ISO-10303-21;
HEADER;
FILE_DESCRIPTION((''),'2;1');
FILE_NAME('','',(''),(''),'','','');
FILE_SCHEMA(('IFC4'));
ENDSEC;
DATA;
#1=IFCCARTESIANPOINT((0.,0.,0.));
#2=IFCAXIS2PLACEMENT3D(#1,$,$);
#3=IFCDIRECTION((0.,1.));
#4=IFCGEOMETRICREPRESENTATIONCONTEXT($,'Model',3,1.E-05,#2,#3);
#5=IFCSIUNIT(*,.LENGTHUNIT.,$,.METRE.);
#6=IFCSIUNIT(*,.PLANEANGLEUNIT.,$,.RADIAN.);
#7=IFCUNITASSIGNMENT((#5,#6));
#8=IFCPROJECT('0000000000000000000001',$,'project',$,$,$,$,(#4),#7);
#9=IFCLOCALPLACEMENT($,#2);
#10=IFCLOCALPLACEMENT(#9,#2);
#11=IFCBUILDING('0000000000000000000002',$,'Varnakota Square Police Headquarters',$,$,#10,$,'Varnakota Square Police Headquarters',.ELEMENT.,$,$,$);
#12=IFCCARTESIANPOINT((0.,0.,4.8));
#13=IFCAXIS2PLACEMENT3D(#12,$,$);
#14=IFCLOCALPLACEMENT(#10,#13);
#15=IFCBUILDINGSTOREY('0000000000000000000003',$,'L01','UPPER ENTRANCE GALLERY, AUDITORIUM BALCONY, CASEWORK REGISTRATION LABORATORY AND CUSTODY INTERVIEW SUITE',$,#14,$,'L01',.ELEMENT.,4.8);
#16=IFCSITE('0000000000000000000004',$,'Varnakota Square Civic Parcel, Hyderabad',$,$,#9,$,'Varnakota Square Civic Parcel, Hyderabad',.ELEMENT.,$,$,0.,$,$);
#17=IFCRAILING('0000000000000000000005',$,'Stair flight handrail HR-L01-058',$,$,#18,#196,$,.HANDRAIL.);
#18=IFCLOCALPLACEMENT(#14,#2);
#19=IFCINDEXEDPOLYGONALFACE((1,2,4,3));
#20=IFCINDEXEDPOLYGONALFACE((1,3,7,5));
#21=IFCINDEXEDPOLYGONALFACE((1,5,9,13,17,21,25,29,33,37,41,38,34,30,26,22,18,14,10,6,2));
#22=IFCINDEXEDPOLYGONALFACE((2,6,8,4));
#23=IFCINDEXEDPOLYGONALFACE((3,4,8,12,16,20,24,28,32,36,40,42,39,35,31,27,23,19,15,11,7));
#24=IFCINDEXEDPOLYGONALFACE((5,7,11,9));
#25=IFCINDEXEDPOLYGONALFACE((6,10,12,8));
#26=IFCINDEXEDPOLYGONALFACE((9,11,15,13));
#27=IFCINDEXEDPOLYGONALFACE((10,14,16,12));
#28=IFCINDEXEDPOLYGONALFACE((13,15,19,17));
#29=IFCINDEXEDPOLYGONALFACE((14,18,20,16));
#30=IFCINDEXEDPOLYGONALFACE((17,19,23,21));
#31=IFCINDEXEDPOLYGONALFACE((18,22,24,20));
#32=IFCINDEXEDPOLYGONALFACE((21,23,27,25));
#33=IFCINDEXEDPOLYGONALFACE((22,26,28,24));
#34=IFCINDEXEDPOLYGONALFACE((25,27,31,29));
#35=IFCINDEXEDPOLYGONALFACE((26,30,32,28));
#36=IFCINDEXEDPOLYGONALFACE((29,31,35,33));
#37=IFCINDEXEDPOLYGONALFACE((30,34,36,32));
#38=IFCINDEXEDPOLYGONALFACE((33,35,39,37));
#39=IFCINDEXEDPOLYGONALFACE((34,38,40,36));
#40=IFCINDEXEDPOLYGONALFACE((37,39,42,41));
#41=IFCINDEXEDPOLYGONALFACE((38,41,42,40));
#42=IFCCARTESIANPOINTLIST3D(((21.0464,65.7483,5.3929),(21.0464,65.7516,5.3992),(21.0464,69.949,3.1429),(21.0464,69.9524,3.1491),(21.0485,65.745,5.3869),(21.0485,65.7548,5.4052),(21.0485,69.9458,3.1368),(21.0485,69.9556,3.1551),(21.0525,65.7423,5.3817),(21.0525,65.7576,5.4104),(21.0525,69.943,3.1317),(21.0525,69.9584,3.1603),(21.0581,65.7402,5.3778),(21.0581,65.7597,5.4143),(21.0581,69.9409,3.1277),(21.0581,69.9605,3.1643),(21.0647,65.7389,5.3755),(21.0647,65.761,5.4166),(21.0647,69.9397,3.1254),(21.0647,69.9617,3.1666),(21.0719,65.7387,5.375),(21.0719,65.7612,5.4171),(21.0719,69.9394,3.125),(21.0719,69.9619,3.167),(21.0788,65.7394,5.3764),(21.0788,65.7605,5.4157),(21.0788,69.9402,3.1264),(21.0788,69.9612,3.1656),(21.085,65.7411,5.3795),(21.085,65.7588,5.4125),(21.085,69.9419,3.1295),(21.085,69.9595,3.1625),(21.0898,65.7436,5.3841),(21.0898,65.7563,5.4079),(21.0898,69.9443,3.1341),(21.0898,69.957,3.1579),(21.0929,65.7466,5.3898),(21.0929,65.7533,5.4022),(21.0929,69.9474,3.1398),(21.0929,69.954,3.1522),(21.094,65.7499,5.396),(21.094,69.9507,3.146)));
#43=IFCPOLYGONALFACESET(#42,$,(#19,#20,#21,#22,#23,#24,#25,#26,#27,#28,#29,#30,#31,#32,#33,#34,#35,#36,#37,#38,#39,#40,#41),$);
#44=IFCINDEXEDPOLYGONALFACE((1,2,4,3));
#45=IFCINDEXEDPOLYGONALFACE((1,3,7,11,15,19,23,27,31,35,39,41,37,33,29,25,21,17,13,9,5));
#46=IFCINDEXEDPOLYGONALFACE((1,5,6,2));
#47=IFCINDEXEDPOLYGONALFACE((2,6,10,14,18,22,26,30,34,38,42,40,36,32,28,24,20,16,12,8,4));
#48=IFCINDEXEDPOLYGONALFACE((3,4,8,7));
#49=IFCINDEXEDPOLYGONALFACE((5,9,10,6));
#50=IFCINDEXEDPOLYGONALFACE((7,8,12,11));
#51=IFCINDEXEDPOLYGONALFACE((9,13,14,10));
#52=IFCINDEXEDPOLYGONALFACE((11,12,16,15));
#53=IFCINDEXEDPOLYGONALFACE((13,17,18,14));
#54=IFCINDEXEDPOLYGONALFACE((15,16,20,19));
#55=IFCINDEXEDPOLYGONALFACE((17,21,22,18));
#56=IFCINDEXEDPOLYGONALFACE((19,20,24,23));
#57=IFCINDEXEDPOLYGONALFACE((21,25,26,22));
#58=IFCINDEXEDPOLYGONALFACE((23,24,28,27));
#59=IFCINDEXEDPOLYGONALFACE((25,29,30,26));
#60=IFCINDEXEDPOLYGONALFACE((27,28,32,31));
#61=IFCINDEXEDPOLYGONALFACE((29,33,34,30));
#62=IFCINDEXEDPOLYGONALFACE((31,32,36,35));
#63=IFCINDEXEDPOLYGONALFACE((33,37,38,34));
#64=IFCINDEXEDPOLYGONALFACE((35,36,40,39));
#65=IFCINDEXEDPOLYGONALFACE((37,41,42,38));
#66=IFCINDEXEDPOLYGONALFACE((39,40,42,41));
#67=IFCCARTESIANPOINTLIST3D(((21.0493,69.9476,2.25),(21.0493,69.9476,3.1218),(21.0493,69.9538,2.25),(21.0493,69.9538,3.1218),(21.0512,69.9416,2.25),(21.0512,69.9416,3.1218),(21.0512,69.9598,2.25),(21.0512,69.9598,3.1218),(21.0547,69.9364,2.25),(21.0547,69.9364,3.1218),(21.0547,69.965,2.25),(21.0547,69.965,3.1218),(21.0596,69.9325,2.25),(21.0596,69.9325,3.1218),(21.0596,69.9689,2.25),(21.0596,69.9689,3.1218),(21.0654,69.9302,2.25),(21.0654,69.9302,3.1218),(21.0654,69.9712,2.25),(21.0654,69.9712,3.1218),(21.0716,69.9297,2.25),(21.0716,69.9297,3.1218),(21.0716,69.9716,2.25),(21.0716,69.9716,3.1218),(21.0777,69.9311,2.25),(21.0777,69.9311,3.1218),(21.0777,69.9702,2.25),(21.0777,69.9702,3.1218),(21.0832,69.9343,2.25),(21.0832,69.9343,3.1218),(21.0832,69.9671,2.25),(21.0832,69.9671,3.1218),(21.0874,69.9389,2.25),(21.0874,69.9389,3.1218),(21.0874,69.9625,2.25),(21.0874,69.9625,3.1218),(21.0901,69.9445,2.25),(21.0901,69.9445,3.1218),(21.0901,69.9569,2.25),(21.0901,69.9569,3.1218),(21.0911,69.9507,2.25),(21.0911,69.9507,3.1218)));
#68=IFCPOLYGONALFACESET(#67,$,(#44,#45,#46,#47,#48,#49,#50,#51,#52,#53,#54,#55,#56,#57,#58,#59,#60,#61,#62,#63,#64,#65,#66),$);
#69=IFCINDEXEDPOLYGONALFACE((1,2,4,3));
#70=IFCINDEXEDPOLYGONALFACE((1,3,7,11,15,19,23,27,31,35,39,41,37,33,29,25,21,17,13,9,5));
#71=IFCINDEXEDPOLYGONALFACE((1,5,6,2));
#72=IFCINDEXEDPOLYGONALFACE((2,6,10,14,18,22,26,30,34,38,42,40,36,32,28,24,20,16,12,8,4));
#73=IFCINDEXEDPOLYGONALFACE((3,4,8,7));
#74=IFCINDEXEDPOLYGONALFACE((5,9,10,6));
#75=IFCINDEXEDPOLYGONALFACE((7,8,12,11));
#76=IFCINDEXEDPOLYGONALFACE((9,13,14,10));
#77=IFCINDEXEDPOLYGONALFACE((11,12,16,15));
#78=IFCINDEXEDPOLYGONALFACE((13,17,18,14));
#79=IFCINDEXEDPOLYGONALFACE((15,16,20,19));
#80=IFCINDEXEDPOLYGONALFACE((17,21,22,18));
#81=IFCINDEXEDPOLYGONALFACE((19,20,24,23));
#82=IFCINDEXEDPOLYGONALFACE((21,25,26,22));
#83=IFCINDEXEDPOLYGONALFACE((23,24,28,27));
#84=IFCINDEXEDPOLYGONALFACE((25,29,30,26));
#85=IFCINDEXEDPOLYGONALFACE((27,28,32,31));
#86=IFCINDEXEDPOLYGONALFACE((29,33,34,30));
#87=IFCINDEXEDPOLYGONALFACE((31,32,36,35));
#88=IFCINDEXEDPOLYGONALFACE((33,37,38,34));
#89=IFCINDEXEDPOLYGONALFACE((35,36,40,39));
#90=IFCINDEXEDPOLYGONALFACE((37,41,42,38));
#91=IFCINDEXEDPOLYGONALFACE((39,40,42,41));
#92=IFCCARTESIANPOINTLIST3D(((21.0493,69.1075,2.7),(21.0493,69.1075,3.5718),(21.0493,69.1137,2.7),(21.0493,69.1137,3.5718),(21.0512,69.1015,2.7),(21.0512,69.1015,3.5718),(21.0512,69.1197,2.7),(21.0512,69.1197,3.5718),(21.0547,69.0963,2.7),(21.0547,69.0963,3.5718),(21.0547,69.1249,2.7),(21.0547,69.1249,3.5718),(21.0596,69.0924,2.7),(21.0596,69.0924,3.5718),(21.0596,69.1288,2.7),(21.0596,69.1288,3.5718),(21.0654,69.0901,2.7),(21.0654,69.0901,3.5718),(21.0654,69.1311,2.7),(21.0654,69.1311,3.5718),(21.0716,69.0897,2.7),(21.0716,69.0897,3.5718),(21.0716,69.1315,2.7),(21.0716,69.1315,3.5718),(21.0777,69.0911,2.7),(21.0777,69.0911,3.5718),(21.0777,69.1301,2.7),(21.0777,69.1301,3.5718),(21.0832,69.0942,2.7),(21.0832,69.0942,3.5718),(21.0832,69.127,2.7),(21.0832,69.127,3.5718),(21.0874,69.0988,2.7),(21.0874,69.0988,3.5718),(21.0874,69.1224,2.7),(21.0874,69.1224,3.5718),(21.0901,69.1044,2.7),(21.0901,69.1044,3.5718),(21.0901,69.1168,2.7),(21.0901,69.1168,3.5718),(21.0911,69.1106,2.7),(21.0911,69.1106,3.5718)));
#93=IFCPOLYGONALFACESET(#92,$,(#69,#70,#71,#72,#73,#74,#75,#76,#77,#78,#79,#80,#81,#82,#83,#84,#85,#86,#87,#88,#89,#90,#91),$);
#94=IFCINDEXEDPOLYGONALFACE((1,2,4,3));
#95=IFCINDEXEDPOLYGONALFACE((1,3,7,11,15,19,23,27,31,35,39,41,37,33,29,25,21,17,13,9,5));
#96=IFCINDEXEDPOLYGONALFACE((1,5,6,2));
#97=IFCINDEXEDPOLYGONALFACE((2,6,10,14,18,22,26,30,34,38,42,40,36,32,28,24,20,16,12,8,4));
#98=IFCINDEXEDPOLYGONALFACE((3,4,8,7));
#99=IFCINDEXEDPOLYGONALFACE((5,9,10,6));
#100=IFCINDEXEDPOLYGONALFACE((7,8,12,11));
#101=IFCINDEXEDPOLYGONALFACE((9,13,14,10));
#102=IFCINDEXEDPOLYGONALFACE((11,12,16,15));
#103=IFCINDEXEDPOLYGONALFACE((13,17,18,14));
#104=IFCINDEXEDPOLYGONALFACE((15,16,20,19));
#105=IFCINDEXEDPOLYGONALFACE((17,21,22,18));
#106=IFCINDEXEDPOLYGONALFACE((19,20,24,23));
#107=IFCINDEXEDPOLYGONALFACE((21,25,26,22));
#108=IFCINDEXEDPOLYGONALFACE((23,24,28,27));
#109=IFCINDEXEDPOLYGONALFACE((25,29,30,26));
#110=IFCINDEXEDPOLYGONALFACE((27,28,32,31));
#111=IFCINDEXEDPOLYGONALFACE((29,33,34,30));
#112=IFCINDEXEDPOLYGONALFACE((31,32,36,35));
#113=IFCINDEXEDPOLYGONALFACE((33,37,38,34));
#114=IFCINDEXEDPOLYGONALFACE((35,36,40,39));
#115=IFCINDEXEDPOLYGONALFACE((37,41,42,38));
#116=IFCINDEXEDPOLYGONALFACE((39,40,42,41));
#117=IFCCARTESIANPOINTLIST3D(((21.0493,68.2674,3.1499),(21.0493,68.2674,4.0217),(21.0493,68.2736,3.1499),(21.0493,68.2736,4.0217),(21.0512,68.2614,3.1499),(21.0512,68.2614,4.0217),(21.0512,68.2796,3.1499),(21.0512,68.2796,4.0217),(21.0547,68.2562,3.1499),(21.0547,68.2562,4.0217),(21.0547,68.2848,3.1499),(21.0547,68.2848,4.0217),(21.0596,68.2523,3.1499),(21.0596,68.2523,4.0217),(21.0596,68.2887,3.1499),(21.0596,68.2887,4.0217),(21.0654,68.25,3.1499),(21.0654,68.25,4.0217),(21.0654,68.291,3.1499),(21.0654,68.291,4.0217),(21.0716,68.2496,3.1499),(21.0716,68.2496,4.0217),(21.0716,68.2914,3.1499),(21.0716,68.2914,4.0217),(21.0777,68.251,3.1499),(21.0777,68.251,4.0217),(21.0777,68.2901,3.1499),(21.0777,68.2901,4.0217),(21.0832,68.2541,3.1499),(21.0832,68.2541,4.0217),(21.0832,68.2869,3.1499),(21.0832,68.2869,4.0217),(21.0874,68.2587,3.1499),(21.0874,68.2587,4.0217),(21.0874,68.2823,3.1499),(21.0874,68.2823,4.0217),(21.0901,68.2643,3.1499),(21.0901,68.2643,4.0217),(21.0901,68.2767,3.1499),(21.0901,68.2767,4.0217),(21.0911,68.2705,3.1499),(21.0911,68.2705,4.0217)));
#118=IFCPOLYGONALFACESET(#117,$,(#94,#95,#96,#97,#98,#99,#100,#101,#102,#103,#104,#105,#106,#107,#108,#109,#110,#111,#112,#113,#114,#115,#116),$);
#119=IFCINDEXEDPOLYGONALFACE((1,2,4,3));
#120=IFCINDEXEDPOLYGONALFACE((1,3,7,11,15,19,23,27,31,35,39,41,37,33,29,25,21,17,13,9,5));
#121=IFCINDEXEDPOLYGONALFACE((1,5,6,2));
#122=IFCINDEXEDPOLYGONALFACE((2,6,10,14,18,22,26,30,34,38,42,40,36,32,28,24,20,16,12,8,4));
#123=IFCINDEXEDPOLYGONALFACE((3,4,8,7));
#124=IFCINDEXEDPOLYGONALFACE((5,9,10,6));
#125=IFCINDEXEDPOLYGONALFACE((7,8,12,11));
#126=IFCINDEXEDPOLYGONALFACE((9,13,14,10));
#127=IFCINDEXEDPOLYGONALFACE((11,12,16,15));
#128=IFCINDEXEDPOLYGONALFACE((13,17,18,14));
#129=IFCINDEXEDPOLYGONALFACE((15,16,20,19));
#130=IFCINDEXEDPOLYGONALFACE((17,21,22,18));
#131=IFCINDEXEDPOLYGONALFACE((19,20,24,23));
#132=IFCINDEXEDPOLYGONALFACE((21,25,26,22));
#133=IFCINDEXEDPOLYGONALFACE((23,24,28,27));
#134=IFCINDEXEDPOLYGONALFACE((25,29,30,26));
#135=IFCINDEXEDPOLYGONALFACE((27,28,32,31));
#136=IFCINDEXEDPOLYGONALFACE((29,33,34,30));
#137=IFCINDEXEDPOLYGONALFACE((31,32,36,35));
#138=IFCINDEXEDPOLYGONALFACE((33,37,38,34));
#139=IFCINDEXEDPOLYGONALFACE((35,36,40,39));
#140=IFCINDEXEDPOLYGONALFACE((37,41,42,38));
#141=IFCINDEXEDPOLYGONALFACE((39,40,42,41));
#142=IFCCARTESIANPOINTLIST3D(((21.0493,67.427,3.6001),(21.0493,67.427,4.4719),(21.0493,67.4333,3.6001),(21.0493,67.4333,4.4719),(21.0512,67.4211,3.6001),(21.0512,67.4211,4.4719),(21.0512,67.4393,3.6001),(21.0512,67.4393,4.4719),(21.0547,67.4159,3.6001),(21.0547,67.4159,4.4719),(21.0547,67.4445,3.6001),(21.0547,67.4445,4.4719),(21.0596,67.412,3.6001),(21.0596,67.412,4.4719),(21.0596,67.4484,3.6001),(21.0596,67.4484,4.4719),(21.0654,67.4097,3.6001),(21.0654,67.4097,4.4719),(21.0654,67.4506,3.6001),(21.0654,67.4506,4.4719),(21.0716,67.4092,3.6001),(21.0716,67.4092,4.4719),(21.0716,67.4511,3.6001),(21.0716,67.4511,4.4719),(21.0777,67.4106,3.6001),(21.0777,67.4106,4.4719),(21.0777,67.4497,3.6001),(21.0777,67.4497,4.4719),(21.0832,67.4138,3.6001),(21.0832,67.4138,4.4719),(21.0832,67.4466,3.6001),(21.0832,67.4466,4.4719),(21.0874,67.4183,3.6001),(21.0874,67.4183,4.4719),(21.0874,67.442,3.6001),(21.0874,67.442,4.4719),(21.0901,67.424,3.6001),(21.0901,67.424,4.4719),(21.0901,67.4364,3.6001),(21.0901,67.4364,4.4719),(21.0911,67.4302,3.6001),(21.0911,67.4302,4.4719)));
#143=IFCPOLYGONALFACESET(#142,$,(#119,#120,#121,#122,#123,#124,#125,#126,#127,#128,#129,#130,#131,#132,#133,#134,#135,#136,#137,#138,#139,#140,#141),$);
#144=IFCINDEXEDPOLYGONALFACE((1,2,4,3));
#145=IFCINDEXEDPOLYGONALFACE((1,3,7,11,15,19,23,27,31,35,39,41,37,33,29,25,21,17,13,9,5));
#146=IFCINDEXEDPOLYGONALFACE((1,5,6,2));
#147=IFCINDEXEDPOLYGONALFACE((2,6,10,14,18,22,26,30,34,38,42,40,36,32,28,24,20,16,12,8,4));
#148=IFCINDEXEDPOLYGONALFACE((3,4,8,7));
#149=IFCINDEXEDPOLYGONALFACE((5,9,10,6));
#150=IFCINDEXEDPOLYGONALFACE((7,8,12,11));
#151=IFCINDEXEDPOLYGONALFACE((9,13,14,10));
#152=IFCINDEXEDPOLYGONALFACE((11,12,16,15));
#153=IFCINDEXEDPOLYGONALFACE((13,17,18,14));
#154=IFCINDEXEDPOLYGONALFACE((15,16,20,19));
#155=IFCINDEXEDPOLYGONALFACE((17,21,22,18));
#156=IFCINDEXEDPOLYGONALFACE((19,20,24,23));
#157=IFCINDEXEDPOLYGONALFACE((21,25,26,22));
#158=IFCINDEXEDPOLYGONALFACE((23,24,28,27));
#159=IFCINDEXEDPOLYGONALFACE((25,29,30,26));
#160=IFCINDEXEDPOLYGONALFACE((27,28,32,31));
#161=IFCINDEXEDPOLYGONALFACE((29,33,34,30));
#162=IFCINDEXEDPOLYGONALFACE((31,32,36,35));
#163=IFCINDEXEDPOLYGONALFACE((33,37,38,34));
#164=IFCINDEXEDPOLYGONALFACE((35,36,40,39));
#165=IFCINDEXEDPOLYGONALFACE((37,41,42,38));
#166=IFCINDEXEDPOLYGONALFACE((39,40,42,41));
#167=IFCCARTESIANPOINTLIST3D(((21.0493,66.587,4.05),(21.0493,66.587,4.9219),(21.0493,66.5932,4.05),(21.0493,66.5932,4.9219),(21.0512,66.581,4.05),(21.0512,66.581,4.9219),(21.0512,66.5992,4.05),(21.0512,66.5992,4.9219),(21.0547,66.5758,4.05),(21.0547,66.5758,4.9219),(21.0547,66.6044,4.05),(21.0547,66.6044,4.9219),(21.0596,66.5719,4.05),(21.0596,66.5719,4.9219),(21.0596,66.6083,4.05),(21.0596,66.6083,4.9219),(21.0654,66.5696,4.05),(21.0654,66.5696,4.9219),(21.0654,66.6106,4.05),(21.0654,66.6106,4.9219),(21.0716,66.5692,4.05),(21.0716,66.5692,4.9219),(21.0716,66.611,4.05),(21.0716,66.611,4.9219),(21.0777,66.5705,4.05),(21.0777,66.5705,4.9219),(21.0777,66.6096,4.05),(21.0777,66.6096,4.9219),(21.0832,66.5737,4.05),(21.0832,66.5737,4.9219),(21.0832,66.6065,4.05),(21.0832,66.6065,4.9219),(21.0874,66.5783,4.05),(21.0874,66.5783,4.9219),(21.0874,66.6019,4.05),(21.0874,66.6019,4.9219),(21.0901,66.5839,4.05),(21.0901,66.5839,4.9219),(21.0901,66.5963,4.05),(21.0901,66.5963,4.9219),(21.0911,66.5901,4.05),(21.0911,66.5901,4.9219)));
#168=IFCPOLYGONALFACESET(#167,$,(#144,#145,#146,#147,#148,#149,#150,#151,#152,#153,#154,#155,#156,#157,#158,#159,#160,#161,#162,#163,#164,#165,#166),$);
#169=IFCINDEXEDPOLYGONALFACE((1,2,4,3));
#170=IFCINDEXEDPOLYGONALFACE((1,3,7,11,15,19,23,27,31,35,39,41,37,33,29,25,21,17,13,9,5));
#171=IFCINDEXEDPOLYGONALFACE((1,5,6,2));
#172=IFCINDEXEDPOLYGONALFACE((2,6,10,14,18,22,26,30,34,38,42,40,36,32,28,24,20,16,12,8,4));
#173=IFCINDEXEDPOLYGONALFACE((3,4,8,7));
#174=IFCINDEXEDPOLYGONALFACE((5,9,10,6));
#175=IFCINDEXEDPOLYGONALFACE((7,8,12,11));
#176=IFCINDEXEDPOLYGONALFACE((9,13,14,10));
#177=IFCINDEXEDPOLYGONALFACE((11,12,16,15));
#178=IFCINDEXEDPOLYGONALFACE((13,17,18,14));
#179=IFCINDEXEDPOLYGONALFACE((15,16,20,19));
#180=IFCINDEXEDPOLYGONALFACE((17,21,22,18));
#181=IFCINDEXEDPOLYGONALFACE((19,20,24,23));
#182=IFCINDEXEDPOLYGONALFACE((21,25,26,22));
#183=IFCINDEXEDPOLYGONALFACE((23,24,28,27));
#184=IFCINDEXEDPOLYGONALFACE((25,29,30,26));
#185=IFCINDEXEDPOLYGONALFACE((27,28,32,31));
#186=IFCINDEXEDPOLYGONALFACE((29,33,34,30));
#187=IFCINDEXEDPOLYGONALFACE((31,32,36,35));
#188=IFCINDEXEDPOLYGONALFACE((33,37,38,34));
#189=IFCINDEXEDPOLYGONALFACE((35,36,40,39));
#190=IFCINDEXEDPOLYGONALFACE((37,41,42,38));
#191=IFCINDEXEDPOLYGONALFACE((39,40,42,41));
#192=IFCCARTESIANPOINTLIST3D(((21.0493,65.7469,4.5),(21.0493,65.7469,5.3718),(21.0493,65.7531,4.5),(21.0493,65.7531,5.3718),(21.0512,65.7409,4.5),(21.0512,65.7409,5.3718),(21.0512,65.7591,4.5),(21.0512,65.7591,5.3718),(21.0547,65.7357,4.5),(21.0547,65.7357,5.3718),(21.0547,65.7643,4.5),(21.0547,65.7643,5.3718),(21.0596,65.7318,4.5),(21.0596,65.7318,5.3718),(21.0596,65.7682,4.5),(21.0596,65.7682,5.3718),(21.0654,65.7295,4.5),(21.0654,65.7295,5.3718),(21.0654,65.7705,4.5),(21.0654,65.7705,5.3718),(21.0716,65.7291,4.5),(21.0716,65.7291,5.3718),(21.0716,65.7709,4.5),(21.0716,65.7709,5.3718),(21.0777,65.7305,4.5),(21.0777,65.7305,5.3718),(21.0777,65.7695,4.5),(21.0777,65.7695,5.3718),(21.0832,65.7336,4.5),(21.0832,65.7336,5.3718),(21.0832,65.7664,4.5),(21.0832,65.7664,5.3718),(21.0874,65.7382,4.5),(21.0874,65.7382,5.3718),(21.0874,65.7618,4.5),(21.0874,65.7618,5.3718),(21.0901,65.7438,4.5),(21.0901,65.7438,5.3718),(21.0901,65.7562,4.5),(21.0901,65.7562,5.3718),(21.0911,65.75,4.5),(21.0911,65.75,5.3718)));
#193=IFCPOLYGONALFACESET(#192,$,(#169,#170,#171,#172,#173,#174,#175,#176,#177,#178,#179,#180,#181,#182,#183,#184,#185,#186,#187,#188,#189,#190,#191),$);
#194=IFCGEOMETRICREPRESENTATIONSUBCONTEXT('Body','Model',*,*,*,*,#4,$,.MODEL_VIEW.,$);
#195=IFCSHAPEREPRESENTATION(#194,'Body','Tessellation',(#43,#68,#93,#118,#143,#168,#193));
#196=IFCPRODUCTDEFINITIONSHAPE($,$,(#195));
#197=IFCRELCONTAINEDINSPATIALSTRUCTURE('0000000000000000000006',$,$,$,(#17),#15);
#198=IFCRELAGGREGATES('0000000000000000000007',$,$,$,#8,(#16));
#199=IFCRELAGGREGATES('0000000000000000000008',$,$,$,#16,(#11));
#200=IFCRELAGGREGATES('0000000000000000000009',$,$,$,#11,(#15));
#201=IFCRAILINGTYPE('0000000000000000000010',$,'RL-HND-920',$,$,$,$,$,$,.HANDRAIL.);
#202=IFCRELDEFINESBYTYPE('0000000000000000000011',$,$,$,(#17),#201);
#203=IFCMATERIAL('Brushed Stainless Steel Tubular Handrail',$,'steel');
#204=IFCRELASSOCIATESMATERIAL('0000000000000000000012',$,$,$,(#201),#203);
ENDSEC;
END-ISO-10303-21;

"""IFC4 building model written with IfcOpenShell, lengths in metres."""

from ifc_helpers import new_model, si_unit, direction, frame, origin, origin_2d, place, context, subcontext, project, spatial, circle, extrude, material, type_object, element, save


model = new_model("IFC4")

# Units and contexts
model_context = context("Model", 3, precision=1e-05, world=origin(), true_north=direction((0.0, 1.0)))
body_context = subcontext(model_context, "Body", "Model", "MODEL_VIEW")
ifc_project = project(units=[si_unit("LENGTHUNIT", "METRE"), si_unit("PLANEANGLEUNIT", "RADIAN")], contexts=[model_context])

# Site, building, storey
site_placement = place(None, origin())
site = spatial("IfcSite", under=ifc_project, at=site_placement, Name="Varnakota Square Civic Parcel, Hyderabad", LongName="Varnakota Square Civic Parcel, Hyderabad", CompositionType="ELEMENT", RefElevation=0.0)
building_placement = place(site_placement, origin())
building = spatial("IfcBuilding", under=site, at=building_placement, Name="Varnakota Square Police Headquarters", LongName="Varnakota Square Police Headquarters", CompositionType="ELEMENT")
storey_placement = place(building_placement, frame((0.0, 0.0, 4.8)))
storey = spatial("IfcBuildingStorey", under=building, at=storey_placement, Name="L01", Description="UPPER ENTRANCE GALLERY, AUDITORIUM BALCONY, CASEWORK REGISTRATION LABORATORY AND CUSTODY INTERVIEW SUITE", LongName="L01", CompositionType="ELEMENT", Elevation=4.8)

# Railing
ifc_material_1 = material(Name="Brushed Stainless Steel Tubular Handrail", Category="steel")
railing_type_1 = type_object("IfcRailingType", Name="RL-HND-920", PredefinedType="HANDRAIL", material=ifc_material_1)
railing_1_placement = place(storey_placement, frame((21.0701, 69.9507, 2.25)))
element("IfcRailing", 1, at=railing_1_placement, inside=storey, type_object=railing_type_1, Name="Stair flight handrail HR-L01-058", PredefinedType="HANDRAIL", context=body_context, shape_type="SweptSolid", body=[
    extrude(circle(Radius=0.0239, at=origin_2d()), frame((0.0, 0.0, 0.896), z_axis=(0.0, -0.881512, 0.472162), x_axis=(1.0, 0.0, 0.0)), (0.0, 0.0, 1.0), 4.7654),
    extrude(circle(Radius=0.021, at=origin_2d()), origin(), (0.0, 0.0, 1.0), 0.8718),
    extrude(circle(Radius=0.021, at=origin_2d()), frame((0.0, -0.8401, 0.45)), (0.0, 0.0, 1.0), 0.8718),
    extrude(circle(Radius=0.021, at=origin_2d()), frame((0.0, -1.6802, 0.8999)), (0.0, 0.0, 1.0), 0.8718),
    extrude(circle(Radius=0.021, at=origin_2d()), frame((0.0, -2.5205, 1.3501)), (0.0, 0.0, 1.0), 0.8718),
    extrude(circle(Radius=0.021, at=origin_2d()), frame((0.0, -3.3606, 1.8)), (0.0, 0.0, 1.0), 0.8718),
    extrude(circle(Radius=0.021, at=origin_2d()), frame((0.0, -4.2007, 2.25)), (0.0, 0.0, 1.0), 0.8718),
])

save(model, "model.ifc")
